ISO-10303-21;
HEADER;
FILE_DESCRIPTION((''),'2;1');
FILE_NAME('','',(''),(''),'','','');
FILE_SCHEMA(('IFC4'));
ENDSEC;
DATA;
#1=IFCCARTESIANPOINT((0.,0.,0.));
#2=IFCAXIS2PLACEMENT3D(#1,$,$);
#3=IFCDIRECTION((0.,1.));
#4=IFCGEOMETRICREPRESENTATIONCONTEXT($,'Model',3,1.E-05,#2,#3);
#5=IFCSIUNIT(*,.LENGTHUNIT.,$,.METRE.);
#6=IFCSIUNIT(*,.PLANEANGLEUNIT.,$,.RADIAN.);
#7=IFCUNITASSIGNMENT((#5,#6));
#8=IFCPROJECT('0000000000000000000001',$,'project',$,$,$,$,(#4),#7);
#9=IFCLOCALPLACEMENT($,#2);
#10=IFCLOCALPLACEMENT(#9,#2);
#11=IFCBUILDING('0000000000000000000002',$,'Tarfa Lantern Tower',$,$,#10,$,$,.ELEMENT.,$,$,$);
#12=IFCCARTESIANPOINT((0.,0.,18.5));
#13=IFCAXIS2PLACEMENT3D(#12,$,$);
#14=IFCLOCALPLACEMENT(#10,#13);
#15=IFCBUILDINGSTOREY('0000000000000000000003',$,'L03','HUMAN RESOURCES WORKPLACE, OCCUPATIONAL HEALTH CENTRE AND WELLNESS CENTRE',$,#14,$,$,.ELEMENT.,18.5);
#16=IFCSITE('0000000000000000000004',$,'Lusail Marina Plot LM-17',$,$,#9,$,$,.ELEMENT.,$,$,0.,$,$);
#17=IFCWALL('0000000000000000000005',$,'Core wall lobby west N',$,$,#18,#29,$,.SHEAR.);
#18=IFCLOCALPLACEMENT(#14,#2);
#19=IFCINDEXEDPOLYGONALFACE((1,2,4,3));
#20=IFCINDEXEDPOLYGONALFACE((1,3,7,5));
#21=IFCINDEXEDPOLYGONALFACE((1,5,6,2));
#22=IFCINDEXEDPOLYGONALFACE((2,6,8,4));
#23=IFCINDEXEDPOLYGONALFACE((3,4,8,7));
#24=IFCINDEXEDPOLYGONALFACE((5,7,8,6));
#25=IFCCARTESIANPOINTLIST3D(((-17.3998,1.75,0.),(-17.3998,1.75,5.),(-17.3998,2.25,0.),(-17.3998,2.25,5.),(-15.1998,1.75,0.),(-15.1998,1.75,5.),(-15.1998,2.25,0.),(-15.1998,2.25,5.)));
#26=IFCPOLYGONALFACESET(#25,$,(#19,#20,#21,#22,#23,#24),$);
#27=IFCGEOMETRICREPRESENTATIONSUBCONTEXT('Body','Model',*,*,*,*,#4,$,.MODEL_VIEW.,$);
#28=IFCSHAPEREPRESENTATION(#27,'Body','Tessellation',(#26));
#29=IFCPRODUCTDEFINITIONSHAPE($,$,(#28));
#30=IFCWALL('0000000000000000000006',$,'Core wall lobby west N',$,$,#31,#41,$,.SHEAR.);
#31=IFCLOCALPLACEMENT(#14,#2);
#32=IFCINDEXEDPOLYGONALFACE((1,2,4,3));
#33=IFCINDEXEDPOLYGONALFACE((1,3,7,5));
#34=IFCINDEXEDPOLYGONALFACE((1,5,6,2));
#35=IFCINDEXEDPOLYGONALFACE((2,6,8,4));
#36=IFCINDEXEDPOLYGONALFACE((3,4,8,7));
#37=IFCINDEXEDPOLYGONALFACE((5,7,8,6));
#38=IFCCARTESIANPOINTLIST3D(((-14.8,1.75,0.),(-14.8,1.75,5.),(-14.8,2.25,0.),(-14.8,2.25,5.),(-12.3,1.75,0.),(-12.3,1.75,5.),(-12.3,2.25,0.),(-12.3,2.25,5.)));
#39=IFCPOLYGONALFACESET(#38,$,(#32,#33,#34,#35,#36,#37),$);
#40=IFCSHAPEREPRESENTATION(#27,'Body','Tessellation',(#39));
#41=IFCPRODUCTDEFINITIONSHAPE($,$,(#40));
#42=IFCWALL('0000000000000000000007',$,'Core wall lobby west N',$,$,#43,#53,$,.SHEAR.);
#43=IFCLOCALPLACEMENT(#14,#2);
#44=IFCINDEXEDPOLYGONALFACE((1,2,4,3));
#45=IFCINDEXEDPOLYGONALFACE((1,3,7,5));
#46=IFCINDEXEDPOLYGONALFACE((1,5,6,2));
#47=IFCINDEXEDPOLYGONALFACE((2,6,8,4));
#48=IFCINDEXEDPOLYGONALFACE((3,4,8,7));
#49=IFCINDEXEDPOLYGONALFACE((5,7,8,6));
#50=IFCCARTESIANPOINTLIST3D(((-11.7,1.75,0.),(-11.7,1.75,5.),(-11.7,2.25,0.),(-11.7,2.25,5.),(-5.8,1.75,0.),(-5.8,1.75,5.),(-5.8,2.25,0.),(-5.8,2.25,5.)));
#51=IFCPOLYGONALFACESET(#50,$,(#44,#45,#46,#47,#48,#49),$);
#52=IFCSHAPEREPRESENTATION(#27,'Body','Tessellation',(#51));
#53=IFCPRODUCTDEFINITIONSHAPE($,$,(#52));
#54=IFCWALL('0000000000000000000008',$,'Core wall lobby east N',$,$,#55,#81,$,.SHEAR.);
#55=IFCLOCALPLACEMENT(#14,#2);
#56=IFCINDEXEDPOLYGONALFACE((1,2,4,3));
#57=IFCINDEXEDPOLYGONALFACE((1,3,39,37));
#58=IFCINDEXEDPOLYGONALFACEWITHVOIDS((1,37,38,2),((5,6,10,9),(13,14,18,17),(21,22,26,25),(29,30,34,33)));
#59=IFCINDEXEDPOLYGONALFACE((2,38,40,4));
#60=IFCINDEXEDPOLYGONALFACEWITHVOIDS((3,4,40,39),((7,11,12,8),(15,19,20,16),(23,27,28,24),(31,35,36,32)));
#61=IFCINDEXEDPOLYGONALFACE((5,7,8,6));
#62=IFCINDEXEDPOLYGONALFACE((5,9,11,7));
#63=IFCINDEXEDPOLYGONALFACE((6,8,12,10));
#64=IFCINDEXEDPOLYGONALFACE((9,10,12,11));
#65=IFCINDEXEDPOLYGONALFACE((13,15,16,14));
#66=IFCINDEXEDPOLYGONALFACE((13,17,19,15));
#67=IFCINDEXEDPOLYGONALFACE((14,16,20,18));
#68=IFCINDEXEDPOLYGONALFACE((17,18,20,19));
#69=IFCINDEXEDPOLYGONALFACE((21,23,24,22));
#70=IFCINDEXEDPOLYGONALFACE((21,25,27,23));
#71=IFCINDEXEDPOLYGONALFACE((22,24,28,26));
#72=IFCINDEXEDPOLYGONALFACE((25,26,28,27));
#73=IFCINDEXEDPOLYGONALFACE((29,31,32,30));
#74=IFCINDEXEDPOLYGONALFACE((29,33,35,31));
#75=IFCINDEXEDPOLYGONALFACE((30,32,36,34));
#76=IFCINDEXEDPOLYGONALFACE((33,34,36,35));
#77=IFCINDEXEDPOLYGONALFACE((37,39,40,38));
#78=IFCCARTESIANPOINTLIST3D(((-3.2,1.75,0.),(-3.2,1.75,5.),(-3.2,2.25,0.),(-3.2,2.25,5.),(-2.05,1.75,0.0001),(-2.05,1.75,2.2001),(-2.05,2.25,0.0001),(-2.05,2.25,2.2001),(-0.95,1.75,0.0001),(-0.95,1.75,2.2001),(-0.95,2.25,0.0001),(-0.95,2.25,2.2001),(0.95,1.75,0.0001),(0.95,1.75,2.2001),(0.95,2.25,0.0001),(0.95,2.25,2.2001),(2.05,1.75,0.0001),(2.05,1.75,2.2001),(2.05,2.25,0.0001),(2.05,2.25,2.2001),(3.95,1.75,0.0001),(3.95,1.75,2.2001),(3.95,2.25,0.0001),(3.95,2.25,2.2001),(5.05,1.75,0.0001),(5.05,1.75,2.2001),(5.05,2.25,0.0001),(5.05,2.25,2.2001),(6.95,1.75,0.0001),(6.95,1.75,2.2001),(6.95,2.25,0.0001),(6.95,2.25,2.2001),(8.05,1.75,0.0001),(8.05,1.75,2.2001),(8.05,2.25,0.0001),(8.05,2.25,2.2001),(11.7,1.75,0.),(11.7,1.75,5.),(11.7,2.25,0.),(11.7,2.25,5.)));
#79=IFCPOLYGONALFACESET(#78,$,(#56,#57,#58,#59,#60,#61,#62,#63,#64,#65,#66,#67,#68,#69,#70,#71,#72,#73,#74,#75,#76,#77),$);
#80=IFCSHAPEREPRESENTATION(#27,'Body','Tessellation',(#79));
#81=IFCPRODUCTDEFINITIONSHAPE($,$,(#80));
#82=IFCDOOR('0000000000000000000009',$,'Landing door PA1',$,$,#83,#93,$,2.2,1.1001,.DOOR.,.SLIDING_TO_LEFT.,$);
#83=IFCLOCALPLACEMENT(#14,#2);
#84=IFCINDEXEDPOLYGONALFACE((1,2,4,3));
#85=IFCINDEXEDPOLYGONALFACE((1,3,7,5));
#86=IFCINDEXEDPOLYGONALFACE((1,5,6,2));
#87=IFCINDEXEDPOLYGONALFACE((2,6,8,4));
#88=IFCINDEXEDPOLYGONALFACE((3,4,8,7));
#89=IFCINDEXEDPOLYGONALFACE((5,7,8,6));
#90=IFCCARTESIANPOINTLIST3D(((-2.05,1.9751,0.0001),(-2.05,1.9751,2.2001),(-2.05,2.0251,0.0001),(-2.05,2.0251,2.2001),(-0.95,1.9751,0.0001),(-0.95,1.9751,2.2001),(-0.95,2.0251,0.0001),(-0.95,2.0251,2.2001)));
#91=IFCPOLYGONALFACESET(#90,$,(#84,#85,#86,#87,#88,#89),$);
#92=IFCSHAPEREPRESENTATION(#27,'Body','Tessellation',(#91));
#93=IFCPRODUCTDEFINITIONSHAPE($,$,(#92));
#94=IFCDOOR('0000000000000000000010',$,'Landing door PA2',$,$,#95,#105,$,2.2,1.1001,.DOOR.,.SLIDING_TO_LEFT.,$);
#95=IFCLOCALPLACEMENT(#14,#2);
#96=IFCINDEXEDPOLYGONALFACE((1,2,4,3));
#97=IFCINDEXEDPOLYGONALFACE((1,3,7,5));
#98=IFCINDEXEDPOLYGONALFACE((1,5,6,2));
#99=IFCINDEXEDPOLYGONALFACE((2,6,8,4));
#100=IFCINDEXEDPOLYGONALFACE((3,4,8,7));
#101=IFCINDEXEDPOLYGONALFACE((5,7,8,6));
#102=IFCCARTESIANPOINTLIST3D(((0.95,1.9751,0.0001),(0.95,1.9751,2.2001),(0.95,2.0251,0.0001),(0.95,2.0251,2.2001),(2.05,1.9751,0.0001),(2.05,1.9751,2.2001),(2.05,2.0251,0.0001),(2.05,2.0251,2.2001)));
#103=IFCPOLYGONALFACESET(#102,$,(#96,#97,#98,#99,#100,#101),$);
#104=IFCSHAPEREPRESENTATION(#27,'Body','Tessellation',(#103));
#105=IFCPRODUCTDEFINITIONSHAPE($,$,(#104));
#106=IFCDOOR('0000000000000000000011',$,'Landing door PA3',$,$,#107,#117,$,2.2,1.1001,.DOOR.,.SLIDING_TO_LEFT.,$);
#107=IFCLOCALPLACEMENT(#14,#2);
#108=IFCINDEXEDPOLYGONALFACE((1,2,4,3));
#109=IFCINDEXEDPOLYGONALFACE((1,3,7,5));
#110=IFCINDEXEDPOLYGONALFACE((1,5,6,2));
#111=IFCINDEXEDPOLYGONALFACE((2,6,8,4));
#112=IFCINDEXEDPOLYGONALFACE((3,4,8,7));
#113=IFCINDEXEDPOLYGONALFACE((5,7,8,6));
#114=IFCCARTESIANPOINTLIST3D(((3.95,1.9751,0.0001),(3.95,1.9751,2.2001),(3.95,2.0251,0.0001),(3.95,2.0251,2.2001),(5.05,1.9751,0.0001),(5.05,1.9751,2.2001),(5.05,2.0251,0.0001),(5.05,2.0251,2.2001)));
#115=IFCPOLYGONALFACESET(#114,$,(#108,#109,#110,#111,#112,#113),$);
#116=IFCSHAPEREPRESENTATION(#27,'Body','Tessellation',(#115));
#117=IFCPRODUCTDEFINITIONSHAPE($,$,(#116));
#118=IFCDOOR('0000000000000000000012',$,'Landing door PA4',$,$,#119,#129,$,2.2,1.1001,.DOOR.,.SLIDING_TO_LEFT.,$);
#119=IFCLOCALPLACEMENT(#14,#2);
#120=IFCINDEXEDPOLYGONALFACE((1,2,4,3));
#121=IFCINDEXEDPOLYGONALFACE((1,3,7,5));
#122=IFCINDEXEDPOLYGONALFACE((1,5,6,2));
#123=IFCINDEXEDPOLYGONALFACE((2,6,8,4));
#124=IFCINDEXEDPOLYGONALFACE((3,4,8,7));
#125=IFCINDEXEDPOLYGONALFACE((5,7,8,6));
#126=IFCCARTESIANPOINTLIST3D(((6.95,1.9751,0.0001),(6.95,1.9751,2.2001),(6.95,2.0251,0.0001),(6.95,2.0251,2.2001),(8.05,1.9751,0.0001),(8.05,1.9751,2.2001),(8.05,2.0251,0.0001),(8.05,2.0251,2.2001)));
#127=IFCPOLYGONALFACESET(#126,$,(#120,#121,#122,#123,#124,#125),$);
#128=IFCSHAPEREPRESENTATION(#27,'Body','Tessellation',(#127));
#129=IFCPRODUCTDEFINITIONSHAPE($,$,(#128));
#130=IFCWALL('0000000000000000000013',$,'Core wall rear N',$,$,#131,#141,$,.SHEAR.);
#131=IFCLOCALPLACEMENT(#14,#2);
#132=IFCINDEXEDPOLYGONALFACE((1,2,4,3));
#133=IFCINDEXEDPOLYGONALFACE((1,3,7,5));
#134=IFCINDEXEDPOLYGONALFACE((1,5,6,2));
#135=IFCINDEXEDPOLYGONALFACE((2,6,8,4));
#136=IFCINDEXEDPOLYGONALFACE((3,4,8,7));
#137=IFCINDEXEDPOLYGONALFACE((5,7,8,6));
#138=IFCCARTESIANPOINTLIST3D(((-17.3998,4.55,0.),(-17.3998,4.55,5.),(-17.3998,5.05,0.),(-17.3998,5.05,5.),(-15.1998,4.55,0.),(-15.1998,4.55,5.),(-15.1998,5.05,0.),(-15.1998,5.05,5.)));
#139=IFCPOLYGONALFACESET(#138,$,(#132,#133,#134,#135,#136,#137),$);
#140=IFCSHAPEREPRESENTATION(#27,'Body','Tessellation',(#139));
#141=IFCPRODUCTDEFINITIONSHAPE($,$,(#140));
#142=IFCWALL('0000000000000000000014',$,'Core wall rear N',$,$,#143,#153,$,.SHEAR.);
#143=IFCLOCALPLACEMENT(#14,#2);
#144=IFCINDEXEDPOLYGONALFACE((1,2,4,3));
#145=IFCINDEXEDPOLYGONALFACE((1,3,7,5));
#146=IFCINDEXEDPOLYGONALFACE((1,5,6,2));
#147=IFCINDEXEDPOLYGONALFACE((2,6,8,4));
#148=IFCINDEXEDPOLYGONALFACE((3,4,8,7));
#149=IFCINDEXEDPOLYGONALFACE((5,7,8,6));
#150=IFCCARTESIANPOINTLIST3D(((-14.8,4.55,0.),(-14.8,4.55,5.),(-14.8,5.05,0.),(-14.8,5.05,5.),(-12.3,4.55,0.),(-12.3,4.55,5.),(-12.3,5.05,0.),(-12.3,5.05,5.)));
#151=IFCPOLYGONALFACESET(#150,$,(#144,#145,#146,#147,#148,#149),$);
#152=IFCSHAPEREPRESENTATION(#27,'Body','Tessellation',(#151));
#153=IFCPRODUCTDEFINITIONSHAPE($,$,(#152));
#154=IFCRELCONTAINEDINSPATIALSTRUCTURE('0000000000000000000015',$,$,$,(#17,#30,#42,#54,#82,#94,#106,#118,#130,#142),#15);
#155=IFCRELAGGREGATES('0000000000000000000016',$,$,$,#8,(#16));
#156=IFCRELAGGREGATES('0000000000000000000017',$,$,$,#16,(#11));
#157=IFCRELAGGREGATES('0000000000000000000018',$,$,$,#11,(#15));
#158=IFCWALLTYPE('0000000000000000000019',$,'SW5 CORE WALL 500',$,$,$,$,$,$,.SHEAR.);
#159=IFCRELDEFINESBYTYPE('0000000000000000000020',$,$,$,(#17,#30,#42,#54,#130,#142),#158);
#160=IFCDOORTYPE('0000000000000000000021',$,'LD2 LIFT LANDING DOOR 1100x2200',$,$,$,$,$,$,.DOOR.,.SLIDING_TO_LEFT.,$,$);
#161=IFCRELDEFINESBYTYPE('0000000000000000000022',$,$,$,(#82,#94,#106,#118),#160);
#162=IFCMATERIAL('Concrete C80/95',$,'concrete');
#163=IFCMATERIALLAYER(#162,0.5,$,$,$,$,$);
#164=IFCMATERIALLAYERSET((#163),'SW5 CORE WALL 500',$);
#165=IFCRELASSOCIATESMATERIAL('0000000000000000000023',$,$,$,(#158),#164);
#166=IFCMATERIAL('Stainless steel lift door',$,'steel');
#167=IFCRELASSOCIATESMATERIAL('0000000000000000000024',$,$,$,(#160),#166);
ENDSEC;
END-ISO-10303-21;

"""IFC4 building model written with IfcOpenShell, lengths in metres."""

from ifc_helpers import new_model, si_unit, direction, frame, frame_2d, origin, place, context, subcontext, project, spatial, rectangle, extrude, material, layer, layer_set, type_object, element, fill, save


model = new_model("IFC4")

# Units and contexts
model_context = context("Model", 3, precision=1e-05, world=origin(), true_north=direction((0.0, 1.0)))
body_context = subcontext(model_context, "Body", "Model", "MODEL_VIEW")
ifc_project = project(units=[si_unit("LENGTHUNIT", "METRE"), si_unit("PLANEANGLEUNIT", "RADIAN")], contexts=[model_context])

# Site, building, storey
site_placement = place(None, origin())
site = spatial("IfcSite", under=ifc_project, at=site_placement, Name="Lusail Marina Plot LM-17", CompositionType="ELEMENT", RefElevation=0.0)
building_placement = place(site_placement, origin())
building = spatial("IfcBuilding", under=site, at=building_placement, Name="Tarfa Lantern Tower", CompositionType="ELEMENT")
storey_placement = place(building_placement, frame((0.0, 0.0, 18.5)))
storey = spatial("IfcBuildingStorey", under=building, at=storey_placement, Name="L03", Description="HUMAN RESOURCES WORKPLACE, OCCUPATIONAL HEALTH CENTRE AND WELLNESS CENTRE", CompositionType="ELEMENT", Elevation=18.5)

# Shared definitions
ifc_material_1 = material(Name="Concrete C80/95", Category="concrete")

# Walls
ifc_layer_1 = layer(ifc_material_1, 0.5)
ifc_layer_set_1 = layer_set([ifc_layer_1], Name="SW5 CORE WALL 500")
wall_type_1 = type_object("IfcWallType", Name="SW5 CORE WALL 500", PredefinedType="SHEAR", material=ifc_layer_set_1)
wall_1_placement = place(storey_placement, frame((-17.3999, 2.0, 0.0), z_axis=(0.0, 0.0, 1.0), x_axis=(1.0, 0.0, 0.0)))
element("IfcWall", 1, at=wall_1_placement, inside=storey, type_object=wall_type_1, Name="Core wall lobby west N", PredefinedType="SHEAR", context=body_context, shape_type="SweptSolid", body=[
    extrude(rectangle(XDim=2.2, YDim=0.5, at=frame_2d((1.1001, 0.0))), origin(), (0.0, 0.0, 1.0), 5.0),
])
wall_2_placement = place(storey_placement, frame((-14.8, 2.0, 0.0), z_axis=(0.0, 0.0, 1.0), x_axis=(1.0, 0.0, 0.0)))
element("IfcWall", 2, at=wall_2_placement, inside=storey, type_object=wall_type_1, Name="Core wall lobby west N", PredefinedType="SHEAR", context=body_context, shape_type="SweptSolid", body=[
    extrude(rectangle(XDim=2.5, YDim=0.5, at=frame_2d((1.25, 0.0))), origin(), (0.0, 0.0, 1.0), 5.0),
])
wall_3_placement = place(storey_placement, frame((-11.7, 2.0, 0.0), z_axis=(0.0, 0.0, 1.0), x_axis=(1.0, 0.0, 0.0)))
element("IfcWall", 3, at=wall_3_placement, inside=storey, type_object=wall_type_1, Name="Core wall lobby west N", PredefinedType="SHEAR", context=body_context, shape_type="SweptSolid", body=[
    extrude(rectangle(XDim=5.8999, YDim=0.5, at=frame_2d((2.95, 0.0))), origin(), (0.0, 0.0, 1.0), 5.0),
])

# Wall, openings, doors
wall_4_placement = place(storey_placement, frame((-3.2, 2.0, 0.0), z_axis=(0.0, 0.0, 1.0), x_axis=(1.0, 0.0, 0.0)))
wall_4 = element("IfcWall", 4, at=wall_4_placement, inside=storey, type_object=wall_type_1, Name="Core wall lobby east N", PredefinedType="SHEAR", context=body_context, shape_type="SweptSolid", body=[
    extrude(rectangle(XDim=14.8999, YDim=0.5, at=frame_2d((7.45, 0.0))), origin(), (0.0, 0.0, 1.0), 5.0),
])
opening_1_placement = place(wall_4_placement, frame((1.1499, 0.0, 0.0)))
opening_1 = element("IfcOpeningElement", 5, at=opening_1_placement, cuts=wall_4, PredefinedType="OPENING", context=body_context, shape_type="SweptSolid", body=[
    extrude(rectangle(XDim=1.1001, YDim=2.2, at=frame_2d((0.55, 1.1001))), frame((0.0, 0.26, 0.0), z_axis=(0.0, -1.0, 0.0), x_axis=(1.0, 0.0, 0.0)), (0.0, 0.0, 1.0), 0.52),
])
opening_2_placement = place(wall_4_placement, frame((4.1499, 0.0, 0.0)))
opening_2 = element("IfcOpeningElement", 6, at=opening_2_placement, cuts=wall_4, PredefinedType="OPENING", context=body_context, shape_type="SweptSolid", body=[
    extrude(rectangle(XDim=1.1001, YDim=2.2, at=frame_2d((0.55, 1.1001))), frame((0.0, 0.26, 0.0), z_axis=(0.0, -1.0, 0.0), x_axis=(1.0, 0.0, 0.0)), (0.0, 0.0, 1.0), 0.52),
])
opening_3_placement = place(wall_4_placement, frame((7.1499, 0.0, 0.0)))
opening_3 = element("IfcOpeningElement", 7, at=opening_3_placement, cuts=wall_4, PredefinedType="OPENING", context=body_context, shape_type="SweptSolid", body=[
    extrude(rectangle(XDim=1.1001, YDim=2.2, at=frame_2d((0.55, 1.1001))), frame((0.0, 0.26, 0.0), z_axis=(0.0, -1.0, 0.0), x_axis=(1.0, 0.0, 0.0)), (0.0, 0.0, 1.0), 0.52),
])
opening_4_placement = place(wall_4_placement, frame((10.1499, 0.0, 0.0)))
opening_4 = element("IfcOpeningElement", 8, at=opening_4_placement, cuts=wall_4, PredefinedType="OPENING", context=body_context, shape_type="SweptSolid", body=[
    extrude(rectangle(XDim=1.1001, YDim=2.2, at=frame_2d((0.55, 1.1001))), frame((0.0, 0.26, 0.0), z_axis=(0.0, -1.0, 0.0), x_axis=(1.0, 0.0, 0.0)), (0.0, 0.0, 1.0), 0.52),
])
ifc_material_2 = material(Name="Stainless steel lift door", Category="steel")
door_type_1 = type_object("IfcDoorType", Name="LD2 LIFT LANDING DOOR 1100x2200", OperationType="SLIDING_TO_LEFT", PredefinedType="DOOR", material=ifc_material_2)
door_1_placement = place(opening_1_placement, frame((1.1001, 0.0, 0.0), z_axis=(0.0, 0.0, 1.0), x_axis=(-1.0, 0.0, 0.0)))
door_1 = element("IfcDoor", 9, at=door_1_placement, inside=storey, type_object=door_type_1, Name="Landing door PA1", OperationType="SLIDING_TO_LEFT", OverallHeight=2.2, OverallWidth=1.1001, PredefinedType="DOOR", context=body_context, shape_type="SweptSolid", body=[
    extrude(rectangle(XDim=1.1001, YDim=2.2, at=frame_2d((0.55, 1.1001))), frame((0.0, 0.0249, 0.0), z_axis=(0.0, -1.0, 0.0), x_axis=(1.0, 0.0, 0.0)), (0.0, 0.0, 1.0), 0.05),
])
fill(opening_1, door_1)
door_2_placement = place(opening_2_placement, frame((1.1001, 0.0, 0.0), z_axis=(0.0, 0.0, 1.0), x_axis=(-1.0, 0.0, 0.0)))
door_2 = element("IfcDoor", 10, at=door_2_placement, inside=storey, type_object=door_type_1, Name="Landing door PA2", OperationType="SLIDING_TO_LEFT", OverallHeight=2.2, OverallWidth=1.1001, PredefinedType="DOOR", context=body_context, shape_type="SweptSolid", body=[
    extrude(rectangle(XDim=1.1001, YDim=2.2, at=frame_2d((0.55, 1.1001))), frame((0.0, 0.0249, 0.0), z_axis=(0.0, -1.0, 0.0), x_axis=(1.0, 0.0, 0.0)), (0.0, 0.0, 1.0), 0.05),
])
fill(opening_2, door_2)
door_3_placement = place(opening_3_placement, frame((1.1001, 0.0, 0.0), z_axis=(0.0, 0.0, 1.0), x_axis=(-1.0, 0.0, 0.0)))
door_3 = element("IfcDoor", 11, at=door_3_placement, inside=storey, type_object=door_type_1, Name="Landing door PA3", OperationType="SLIDING_TO_LEFT", OverallHeight=2.2, OverallWidth=1.1001, PredefinedType="DOOR", context=body_context, shape_type="SweptSolid", body=[
    extrude(rectangle(XDim=1.1001, YDim=2.2, at=frame_2d((0.55, 1.1001))), frame((0.0, 0.0249, 0.0), z_axis=(0.0, -1.0, 0.0), x_axis=(1.0, 0.0, 0.0)), (0.0, 0.0, 1.0), 0.05),
])
fill(opening_3, door_3)
door_4_placement = place(opening_4_placement, frame((1.1001, 0.0, 0.0), z_axis=(0.0, 0.0, 1.0), x_axis=(-1.0, 0.0, 0.0)))
door_4 = element("IfcDoor", 12, at=door_4_placement, inside=storey, type_object=door_type_1, Name="Landing door PA4", OperationType="SLIDING_TO_LEFT", OverallHeight=2.2, OverallWidth=1.1001, PredefinedType="DOOR", context=body_context, shape_type="SweptSolid", body=[
    extrude(rectangle(XDim=1.1001, YDim=2.2, at=frame_2d((0.55, 1.1001))), frame((0.0, 0.0249, 0.0), z_axis=(0.0, -1.0, 0.0), x_axis=(1.0, 0.0, 0.0)), (0.0, 0.0, 1.0), 0.05),
])
fill(opening_4, door_4)

# Walls
wall_5_placement = place(storey_placement, frame((-17.3999, 4.8, 0.0), z_axis=(0.0, 0.0, 1.0), x_axis=(1.0, 0.0, 0.0)))
element("IfcWall", 13, at=wall_5_placement, inside=storey, type_object=wall_type_1, Name="Core wall rear N", PredefinedType="SHEAR", context=body_context, shape_type="SweptSolid", body=[
    extrude(rectangle(XDim=2.2, YDim=0.5, at=frame_2d((1.1001, 0.0))), origin(), (0.0, 0.0, 1.0), 5.0),
])
wall_6_placement = place(storey_placement, frame((-14.8, 4.8, 0.0), z_axis=(0.0, 0.0, 1.0), x_axis=(1.0, 0.0, 0.0)))
element("IfcWall", 14, at=wall_6_placement, inside=storey, type_object=wall_type_1, Name="Core wall rear N", PredefinedType="SHEAR", context=body_context, shape_type="SweptSolid", body=[
    extrude(rectangle(XDim=2.5, YDim=0.5, at=frame_2d((1.25, 0.0))), origin(), (0.0, 0.0, 1.0), 5.0),
])

save(model, "model.ifc")
